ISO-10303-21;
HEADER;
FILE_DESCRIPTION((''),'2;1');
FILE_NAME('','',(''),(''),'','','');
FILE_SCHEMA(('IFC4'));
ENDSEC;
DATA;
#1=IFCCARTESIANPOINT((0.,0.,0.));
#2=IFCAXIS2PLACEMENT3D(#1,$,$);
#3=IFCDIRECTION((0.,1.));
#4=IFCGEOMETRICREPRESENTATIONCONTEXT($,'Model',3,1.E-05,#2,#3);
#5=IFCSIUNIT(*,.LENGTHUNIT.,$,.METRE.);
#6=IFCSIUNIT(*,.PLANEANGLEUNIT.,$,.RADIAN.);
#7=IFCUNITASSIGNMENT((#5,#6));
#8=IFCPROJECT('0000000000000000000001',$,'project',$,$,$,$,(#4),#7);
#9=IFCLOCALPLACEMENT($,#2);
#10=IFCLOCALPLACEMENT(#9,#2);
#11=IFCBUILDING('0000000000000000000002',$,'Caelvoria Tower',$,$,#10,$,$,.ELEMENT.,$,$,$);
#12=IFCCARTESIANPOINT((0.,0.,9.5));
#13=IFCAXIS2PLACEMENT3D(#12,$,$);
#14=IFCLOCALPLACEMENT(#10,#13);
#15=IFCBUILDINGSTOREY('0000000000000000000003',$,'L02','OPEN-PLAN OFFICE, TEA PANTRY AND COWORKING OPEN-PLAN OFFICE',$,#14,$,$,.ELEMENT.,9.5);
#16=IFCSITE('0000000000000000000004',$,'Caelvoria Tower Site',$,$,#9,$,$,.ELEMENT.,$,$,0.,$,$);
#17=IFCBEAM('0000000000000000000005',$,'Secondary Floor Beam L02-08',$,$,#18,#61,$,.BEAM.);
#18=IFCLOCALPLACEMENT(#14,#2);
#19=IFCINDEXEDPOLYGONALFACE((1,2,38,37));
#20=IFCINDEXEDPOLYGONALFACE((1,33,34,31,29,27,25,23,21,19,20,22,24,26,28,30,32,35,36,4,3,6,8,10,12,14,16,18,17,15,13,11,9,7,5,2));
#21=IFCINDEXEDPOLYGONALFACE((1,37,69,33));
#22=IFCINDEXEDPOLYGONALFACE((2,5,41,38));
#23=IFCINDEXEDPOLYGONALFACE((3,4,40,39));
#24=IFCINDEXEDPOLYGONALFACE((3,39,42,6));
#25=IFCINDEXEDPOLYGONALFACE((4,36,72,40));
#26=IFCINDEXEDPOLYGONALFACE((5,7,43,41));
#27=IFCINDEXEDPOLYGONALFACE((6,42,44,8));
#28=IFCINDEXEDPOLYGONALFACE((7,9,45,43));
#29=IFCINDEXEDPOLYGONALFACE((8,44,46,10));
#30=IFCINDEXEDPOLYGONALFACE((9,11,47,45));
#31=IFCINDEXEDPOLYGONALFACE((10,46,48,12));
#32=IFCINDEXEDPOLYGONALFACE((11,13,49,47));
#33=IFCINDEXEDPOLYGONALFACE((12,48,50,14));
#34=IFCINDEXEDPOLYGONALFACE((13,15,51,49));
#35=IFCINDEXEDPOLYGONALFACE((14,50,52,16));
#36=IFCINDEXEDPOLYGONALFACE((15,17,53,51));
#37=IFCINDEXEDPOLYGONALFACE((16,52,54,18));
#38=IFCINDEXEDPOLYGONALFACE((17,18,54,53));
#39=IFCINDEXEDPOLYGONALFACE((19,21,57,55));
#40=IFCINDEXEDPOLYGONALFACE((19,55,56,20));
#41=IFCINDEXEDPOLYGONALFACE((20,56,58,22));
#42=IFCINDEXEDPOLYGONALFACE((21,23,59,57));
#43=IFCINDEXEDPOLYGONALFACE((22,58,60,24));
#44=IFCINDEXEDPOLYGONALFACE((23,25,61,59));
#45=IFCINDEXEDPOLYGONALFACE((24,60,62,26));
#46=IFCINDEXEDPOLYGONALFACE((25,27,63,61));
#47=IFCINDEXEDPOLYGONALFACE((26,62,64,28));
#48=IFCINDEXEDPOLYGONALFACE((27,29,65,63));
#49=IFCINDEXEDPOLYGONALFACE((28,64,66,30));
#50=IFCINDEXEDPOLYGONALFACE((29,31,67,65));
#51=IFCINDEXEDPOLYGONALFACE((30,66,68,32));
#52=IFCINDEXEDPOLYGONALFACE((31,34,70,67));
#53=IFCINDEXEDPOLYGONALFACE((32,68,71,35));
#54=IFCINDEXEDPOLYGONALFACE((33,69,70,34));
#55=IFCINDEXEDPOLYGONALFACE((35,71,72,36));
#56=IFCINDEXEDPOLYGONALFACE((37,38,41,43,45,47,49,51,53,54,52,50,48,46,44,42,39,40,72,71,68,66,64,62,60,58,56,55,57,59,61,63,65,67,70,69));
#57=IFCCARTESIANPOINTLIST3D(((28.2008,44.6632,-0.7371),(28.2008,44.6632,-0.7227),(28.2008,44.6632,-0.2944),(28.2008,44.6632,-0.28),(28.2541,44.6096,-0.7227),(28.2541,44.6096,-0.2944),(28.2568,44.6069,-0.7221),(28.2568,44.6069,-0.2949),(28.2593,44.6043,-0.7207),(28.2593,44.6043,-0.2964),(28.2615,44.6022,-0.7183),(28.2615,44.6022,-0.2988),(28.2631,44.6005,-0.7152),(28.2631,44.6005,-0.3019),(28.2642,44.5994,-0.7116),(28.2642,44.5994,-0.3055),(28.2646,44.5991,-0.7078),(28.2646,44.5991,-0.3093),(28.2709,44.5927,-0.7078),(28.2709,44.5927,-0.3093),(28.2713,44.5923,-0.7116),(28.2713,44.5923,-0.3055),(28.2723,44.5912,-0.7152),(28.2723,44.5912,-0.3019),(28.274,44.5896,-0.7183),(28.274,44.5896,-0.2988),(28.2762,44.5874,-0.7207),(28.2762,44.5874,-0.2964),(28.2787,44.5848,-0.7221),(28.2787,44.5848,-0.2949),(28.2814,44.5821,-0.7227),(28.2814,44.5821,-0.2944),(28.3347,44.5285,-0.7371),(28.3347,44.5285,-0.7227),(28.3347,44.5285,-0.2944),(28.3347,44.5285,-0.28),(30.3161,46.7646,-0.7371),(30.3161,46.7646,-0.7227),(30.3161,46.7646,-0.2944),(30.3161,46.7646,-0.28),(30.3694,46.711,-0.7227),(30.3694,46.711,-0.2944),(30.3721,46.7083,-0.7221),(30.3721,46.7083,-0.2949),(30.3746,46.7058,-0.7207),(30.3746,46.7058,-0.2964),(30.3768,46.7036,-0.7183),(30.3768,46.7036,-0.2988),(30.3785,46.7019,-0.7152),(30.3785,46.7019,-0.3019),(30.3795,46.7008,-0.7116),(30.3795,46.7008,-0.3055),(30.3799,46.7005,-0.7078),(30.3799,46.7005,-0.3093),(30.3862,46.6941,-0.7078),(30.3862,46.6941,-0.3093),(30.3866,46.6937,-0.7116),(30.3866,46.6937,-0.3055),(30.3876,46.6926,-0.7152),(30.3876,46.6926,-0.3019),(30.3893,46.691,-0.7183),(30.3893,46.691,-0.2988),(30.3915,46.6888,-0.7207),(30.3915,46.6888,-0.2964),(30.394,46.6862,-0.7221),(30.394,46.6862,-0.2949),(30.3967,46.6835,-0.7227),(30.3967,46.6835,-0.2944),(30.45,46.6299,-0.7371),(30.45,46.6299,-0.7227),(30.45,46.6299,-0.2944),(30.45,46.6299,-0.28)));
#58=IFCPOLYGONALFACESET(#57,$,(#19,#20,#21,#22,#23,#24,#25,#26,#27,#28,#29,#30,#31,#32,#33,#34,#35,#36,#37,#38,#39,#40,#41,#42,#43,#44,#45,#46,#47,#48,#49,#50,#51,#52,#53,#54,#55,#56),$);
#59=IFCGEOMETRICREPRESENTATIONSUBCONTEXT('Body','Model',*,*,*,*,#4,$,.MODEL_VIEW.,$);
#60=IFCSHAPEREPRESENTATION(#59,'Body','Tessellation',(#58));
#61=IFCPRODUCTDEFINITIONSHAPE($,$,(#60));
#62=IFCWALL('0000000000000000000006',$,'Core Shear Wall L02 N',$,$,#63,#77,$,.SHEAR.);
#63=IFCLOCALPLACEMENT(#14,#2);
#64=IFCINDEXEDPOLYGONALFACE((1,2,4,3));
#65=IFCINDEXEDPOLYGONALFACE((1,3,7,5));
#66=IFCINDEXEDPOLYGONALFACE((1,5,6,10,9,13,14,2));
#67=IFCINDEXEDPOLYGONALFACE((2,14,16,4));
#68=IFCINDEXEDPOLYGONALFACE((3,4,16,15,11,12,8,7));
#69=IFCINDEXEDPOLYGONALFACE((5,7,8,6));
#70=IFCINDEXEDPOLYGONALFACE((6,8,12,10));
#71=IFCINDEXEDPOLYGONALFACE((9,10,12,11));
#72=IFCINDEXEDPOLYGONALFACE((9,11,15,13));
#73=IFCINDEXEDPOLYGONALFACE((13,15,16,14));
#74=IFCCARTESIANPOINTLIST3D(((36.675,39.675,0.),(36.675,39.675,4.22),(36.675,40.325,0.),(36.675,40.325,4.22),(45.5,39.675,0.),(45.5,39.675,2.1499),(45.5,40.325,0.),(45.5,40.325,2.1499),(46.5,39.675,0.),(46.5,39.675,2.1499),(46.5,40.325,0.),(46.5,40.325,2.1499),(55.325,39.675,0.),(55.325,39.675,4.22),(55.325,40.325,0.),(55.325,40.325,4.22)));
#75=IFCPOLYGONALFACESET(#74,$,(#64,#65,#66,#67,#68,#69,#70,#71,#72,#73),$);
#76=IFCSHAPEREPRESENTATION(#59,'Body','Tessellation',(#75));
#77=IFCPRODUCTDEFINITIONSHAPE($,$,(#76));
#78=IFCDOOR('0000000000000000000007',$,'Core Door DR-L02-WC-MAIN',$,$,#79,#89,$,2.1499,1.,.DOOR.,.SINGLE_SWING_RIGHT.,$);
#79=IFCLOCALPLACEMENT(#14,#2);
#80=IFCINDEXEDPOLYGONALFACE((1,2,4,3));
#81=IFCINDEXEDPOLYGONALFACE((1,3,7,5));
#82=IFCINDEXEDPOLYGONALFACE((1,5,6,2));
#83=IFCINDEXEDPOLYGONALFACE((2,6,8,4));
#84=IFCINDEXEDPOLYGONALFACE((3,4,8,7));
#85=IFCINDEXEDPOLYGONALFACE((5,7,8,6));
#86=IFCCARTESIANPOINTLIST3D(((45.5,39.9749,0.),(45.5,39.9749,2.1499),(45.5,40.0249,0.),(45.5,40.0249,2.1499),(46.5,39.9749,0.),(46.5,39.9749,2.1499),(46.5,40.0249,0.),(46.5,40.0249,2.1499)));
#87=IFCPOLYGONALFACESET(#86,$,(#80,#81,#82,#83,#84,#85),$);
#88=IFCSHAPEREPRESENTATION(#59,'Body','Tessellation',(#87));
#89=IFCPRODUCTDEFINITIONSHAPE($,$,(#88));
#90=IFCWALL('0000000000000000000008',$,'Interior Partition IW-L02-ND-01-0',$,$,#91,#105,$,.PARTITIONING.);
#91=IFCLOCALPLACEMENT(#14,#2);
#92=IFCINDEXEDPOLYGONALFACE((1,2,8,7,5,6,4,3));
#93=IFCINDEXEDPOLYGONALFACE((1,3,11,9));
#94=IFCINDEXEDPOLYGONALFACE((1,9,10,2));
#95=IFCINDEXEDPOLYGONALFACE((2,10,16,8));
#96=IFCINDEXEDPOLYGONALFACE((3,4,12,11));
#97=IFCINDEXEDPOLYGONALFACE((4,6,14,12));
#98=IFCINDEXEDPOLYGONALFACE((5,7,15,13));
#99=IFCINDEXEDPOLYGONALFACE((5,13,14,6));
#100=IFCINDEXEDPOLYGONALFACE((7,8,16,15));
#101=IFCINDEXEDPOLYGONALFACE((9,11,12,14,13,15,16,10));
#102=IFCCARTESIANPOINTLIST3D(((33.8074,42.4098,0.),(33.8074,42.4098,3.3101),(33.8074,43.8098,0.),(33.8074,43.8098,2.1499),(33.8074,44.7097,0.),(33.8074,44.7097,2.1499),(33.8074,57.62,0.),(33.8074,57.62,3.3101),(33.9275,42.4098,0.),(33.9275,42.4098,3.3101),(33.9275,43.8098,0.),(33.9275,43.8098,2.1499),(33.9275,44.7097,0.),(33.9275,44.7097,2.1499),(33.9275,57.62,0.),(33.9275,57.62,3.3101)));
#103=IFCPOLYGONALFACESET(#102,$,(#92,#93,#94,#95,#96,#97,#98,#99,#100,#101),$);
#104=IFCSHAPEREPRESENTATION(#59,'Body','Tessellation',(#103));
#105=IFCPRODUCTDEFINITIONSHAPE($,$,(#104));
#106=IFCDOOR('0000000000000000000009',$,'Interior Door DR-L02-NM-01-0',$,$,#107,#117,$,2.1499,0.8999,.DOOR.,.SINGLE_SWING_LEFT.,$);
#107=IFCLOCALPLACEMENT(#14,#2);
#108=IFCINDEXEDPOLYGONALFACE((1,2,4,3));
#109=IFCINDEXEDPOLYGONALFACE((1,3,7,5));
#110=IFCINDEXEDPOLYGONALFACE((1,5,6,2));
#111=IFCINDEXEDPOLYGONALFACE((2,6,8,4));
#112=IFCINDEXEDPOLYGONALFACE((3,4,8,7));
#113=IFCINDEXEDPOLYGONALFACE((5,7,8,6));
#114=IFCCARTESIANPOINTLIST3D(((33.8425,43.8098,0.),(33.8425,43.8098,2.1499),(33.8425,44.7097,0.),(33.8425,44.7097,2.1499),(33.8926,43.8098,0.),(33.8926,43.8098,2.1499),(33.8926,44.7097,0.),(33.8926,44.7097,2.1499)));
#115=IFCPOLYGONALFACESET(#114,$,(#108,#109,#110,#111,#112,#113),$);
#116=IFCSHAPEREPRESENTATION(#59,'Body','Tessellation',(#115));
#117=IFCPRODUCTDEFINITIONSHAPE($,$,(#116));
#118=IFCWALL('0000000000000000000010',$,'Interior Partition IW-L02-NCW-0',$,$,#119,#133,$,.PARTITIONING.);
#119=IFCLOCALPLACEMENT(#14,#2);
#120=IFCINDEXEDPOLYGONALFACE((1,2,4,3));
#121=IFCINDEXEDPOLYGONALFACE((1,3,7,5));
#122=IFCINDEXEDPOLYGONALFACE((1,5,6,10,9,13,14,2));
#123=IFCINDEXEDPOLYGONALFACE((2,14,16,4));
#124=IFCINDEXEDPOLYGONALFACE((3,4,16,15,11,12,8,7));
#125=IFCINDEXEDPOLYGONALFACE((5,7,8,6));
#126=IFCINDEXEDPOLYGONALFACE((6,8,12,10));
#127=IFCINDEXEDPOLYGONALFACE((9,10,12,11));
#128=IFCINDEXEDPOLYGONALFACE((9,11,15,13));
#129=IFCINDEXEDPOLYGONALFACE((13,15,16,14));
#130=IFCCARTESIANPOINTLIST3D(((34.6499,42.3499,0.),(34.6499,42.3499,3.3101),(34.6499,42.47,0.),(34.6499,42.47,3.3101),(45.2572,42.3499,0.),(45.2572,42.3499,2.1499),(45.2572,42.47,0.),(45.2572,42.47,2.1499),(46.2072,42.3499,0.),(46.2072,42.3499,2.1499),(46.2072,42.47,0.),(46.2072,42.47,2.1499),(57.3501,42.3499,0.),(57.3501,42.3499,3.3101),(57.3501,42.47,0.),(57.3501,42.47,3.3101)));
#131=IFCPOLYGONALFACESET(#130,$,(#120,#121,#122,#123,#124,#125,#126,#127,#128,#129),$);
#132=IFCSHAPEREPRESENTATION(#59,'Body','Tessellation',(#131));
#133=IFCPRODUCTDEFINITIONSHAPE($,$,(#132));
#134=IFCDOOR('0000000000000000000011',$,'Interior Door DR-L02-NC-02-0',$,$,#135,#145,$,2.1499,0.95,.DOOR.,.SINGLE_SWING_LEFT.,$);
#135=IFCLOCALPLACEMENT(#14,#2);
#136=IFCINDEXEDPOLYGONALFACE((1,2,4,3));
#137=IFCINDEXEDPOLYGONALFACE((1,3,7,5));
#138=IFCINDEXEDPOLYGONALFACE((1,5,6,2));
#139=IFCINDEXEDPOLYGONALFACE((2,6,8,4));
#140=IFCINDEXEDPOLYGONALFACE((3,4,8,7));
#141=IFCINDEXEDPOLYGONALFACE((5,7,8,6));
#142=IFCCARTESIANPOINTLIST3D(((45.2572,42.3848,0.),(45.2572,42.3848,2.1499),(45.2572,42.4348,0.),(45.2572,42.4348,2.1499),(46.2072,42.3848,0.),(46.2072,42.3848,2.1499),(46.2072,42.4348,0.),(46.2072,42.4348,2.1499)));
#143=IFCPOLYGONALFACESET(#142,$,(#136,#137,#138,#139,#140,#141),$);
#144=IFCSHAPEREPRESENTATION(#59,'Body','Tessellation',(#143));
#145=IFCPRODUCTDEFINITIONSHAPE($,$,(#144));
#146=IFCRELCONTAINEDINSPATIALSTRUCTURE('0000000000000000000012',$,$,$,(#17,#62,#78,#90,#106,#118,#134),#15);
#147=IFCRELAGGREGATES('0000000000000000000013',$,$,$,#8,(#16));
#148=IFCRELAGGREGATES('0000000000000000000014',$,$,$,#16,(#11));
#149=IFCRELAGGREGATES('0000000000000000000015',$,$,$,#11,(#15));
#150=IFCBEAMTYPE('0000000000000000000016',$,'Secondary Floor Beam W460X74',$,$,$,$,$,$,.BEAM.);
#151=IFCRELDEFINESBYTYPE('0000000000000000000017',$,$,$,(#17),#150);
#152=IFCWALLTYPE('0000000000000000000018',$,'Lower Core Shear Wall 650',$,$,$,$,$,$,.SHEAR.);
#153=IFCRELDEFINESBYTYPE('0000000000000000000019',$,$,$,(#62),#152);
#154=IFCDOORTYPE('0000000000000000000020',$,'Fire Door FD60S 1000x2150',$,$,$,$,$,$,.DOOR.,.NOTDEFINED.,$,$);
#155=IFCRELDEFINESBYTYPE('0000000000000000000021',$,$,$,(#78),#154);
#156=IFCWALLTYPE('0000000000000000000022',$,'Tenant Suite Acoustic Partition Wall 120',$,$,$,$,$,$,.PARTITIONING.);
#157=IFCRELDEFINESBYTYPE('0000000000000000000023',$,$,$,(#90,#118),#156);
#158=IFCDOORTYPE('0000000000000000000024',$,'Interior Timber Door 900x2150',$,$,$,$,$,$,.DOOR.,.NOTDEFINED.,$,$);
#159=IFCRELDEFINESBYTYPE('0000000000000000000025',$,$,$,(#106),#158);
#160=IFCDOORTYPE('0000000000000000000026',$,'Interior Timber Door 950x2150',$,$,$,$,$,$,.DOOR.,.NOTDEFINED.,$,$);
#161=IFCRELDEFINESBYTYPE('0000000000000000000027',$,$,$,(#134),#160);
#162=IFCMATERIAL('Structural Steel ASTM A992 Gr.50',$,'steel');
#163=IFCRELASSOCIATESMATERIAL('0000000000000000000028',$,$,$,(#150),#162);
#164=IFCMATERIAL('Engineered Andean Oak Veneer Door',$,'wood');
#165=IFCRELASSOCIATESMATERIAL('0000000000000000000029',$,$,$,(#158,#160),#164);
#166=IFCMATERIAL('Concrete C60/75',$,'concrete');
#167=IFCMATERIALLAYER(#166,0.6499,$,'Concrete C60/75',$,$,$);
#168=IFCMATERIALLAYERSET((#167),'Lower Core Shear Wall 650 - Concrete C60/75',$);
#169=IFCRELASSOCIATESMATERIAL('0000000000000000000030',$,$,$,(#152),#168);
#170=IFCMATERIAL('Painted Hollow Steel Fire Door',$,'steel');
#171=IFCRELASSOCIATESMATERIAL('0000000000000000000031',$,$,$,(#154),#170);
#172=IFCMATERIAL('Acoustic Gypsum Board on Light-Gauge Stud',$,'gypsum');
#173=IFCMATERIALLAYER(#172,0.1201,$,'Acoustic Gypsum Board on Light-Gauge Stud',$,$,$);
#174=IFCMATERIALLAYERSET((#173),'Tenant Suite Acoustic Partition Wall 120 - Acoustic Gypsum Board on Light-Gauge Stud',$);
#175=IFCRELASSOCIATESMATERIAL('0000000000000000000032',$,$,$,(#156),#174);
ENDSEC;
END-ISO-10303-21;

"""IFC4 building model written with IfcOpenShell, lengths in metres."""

from ifc_helpers import new_model, si_unit, direction, frame, frame_2d, origin, origin_2d, place, context, subcontext, project, spatial, rectangle, i_section, extrude, material, layer, layer_set, material_profile, profile_set, type_object, element, fill, save


model = new_model("IFC4")

# Units and contexts
model_context = context("Model", 3, precision=1e-05, world=origin(), true_north=direction((0.0, 1.0)))
body_context = subcontext(model_context, "Body", "Model", "MODEL_VIEW")
ifc_project = project(units=[si_unit("LENGTHUNIT", "METRE"), si_unit("PLANEANGLEUNIT", "RADIAN")], contexts=[model_context])

# Site, building, storey
site_placement = place(None, origin())
site = spatial("IfcSite", under=ifc_project, at=site_placement, Name="Caelvoria Tower Site", CompositionType="ELEMENT", RefElevation=0.0)
building_placement = place(site_placement, origin())
building = spatial("IfcBuilding", under=site, at=building_placement, Name="Caelvoria Tower", CompositionType="ELEMENT")
storey_placement = place(building_placement, frame((0.0, 0.0, 9.5)))
storey = spatial("IfcBuildingStorey", under=building, at=storey_placement, Name="L02", Description="OPEN-PLAN OFFICE, TEA PANTRY AND COWORKING OPEN-PLAN OFFICE", CompositionType="ELEMENT", Elevation=9.5)

# Shared definitions
ifc_material_1 = material(Name="Structural Steel ASTM A992 Gr.50", Category="steel")

# Beam
ifc_material_profile_1 = material_profile(ifc_material_1, i_section(OverallWidth=0.1899, OverallDepth=0.457, WebThickness=0.009, FlangeThickness=0.0144, FilletRadius=0.0149, at=origin_2d()), Name="Structural Steel ASTM A992 Gr.50")
ifc_profile_set_1 = profile_set([ifc_material_profile_1], Name="W460X74 - Structural Steel ASTM A992 Gr.50")
beam_type_1 = type_object("IfcBeamType", Name="Secondary Floor Beam W460X74", PredefinedType="BEAM", material=ifc_profile_set_1)
beam_1_placement = place(storey_placement, frame((30.3831, 46.6973, -0.5085), z_axis=(-0.709437, -0.704769, 0.0), x_axis=(0.704769, -0.709437, 0.0)))
element("IfcBeam", 1, at=beam_1_placement, inside=storey, type_object=beam_type_1, Name="Secondary Floor Beam L02-08", PredefinedType="BEAM", context=body_context, shape_type="SweptSolid", body=[
    extrude(i_section(OverallWidth=0.1899, OverallDepth=0.457, WebThickness=0.009, FlangeThickness=0.0144, FilletRadius=0.0149, at=origin_2d()), origin(), (0.0, 0.0, 1.0), 2.9817),
])

# Shared definitions
ifc_material_2 = material(Name="Engineered Andean Oak Veneer Door", Category="wood")
door_type_1 = type_object("IfcDoorType", Name="Interior Timber Door 900x2150", OperationType="NOTDEFINED", PredefinedType="DOOR", material=ifc_material_2)

# Walls, openings, doors
ifc_material_3 = material(Name="Concrete C60/75", Category="concrete")
ifc_layer_1 = layer(ifc_material_3, 0.6499, Name="Concrete C60/75")
ifc_layer_set_1 = layer_set([ifc_layer_1], Name="Lower Core Shear Wall 650 - Concrete C60/75")
wall_type_1 = type_object("IfcWallType", Name="Lower Core Shear Wall 650", PredefinedType="SHEAR", material=ifc_layer_set_1)
wall_1_placement = place(storey_placement, frame((36.675, 40.0, 0.0), z_axis=(0.0, 0.0, 1.0), x_axis=(1.0, 0.0, 0.0)))
wall_1 = element("IfcWall", 2, at=wall_1_placement, inside=storey, type_object=wall_type_1, Name="Core Shear Wall L02 N", PredefinedType="SHEAR", context=body_context, shape_type="SweptSolid", body=[
    extrude(rectangle(XDim=18.6499, YDim=0.6499, at=frame_2d((9.325, 0.0))), origin(), (0.0, 0.0, 1.0), 4.22),
])
opening_1_placement = place(wall_1_placement, frame((8.825, 0.0, 0.0)))
opening_1 = element("IfcOpeningElement", 3, at=opening_1_placement, cuts=wall_1, PredefinedType="OPENING", context=body_context, shape_type="SweptSolid", body=[
    extrude(rectangle(XDim=1.0, YDim=2.1499, at=frame_2d((0.5, 1.075))), frame((0.0, 0.335, 0.0), z_axis=(0.0, -1.0, 0.0), x_axis=(1.0, 0.0, 0.0)), (0.0, 0.0, 1.0), 0.6699),
])
ifc_material_4 = material(Name="Painted Hollow Steel Fire Door", Category="steel")
door_type_2 = type_object("IfcDoorType", Name="Fire Door FD60S 1000x2150", OperationType="NOTDEFINED", PredefinedType="DOOR", material=ifc_material_4)
door_1_placement = place(opening_1_placement, origin())
door_1 = element("IfcDoor", 4, at=door_1_placement, inside=storey, type_object=door_type_2, Name="Core Door DR-L02-WC-MAIN", OperationType="SINGLE_SWING_RIGHT", OverallHeight=2.1499, OverallWidth=1.0, PredefinedType="DOOR", context=body_context, shape_type="SweptSolid", body=[
    extrude(rectangle(XDim=1.0, YDim=2.1499, at=frame_2d((0.5, 1.075))), frame((0.0, 0.0249, 0.0), z_axis=(0.0, -1.0, 0.0), x_axis=(1.0, 0.0, 0.0)), (0.0, 0.0, 1.0), 0.05),
])
fill(opening_1, door_1)
ifc_material_5 = material(Name="Acoustic Gypsum Board on Light-Gauge Stud", Category="gypsum")
ifc_layer_2 = layer(ifc_material_5, 0.1201, Name="Acoustic Gypsum Board on Light-Gauge Stud")
ifc_layer_set_2 = layer_set([ifc_layer_2], Name="Tenant Suite Acoustic Partition Wall 120 - Acoustic Gypsum Board on Light-Gauge Stud")
wall_type_2 = type_object("IfcWallType", Name="Tenant Suite Acoustic Partition Wall 120", PredefinedType="PARTITIONING", material=ifc_layer_set_2)
wall_2_placement = place(storey_placement, frame((33.8674, 42.4099, 0.0), z_axis=(0.0, 0.0, 1.0), x_axis=(0.0, 1.0, 0.0)))
wall_2 = element("IfcWall", 5, at=wall_2_placement, inside=storey, type_object=wall_type_2, Name="Interior Partition IW-L02-ND-01-0", PredefinedType="PARTITIONING", context=body_context, shape_type="SweptSolid", body=[
    extrude(rectangle(XDim=15.2102, YDim=0.1201, at=frame_2d((7.605, 0.0))), origin(), (0.0, 0.0, 1.0), 3.3101),
])
opening_2_placement = place(wall_2_placement, frame((1.3999, 0.0, 0.0)))
opening_2 = element("IfcOpeningElement", 6, at=opening_2_placement, cuts=wall_2, PredefinedType="OPENING", context=body_context, shape_type="SweptSolid", body=[
    extrude(rectangle(XDim=0.8999, YDim=2.1499, at=frame_2d((0.45, 1.075))), frame((0.0, 0.0701, 0.0), z_axis=(0.0, -1.0, 0.0), x_axis=(1.0, 0.0, 0.0)), (0.0, 0.0, 1.0), 0.1401),
])
door_2_placement = place(opening_2_placement, origin())
door_2 = element("IfcDoor", 7, at=door_2_placement, inside=storey, type_object=door_type_1, Name="Interior Door DR-L02-NM-01-0", OperationType="SINGLE_SWING_LEFT", OverallHeight=2.1499, OverallWidth=0.8999, PredefinedType="DOOR", context=body_context, shape_type="SweptSolid", body=[
    extrude(rectangle(XDim=0.8999, YDim=2.1499, at=frame_2d((0.45, 1.075))), frame((0.0, 0.0249, 0.0), z_axis=(0.0, -1.0, 0.0), x_axis=(1.0, 0.0, 0.0)), (0.0, 0.0, 1.0), 0.05),
])
fill(opening_2, door_2)
wall_3_placement = place(storey_placement, frame((34.6499, 42.4099, 0.0), z_axis=(0.0, 0.0, 1.0), x_axis=(1.0, 0.0, 0.0)))
wall_3 = element("IfcWall", 8, at=wall_3_placement, inside=storey, type_object=wall_type_2, Name="Interior Partition IW-L02-NCW-0", PredefinedType="PARTITIONING", context=body_context, shape_type="SweptSolid", body=[
    extrude(rectangle(XDim=22.7002, YDim=0.1201, at=frame_2d((11.3501, 0.0))), origin(), (0.0, 0.0, 1.0), 3.3101),
])
opening_3_placement = place(wall_3_placement, frame((10.6072, 0.0, 0.0)))
opening_3 = element("IfcOpeningElement", 9, at=opening_3_placement, cuts=wall_3, PredefinedType="OPENING", context=body_context, shape_type="SweptSolid", body=[
    extrude(rectangle(XDim=0.95, YDim=2.1499, at=frame_2d((0.4751, 1.075))), frame((0.0, 0.0701, 0.0), z_axis=(0.0, -1.0, 0.0), x_axis=(1.0, 0.0, 0.0)), (0.0, 0.0, 1.0), 0.1401),
])
door_type_3 = type_object("IfcDoorType", Name="Interior Timber Door 950x2150", OperationType="NOTDEFINED", PredefinedType="DOOR", material=ifc_material_2)
door_3_placement = place(opening_3_placement, origin())
door_3 = element("IfcDoor", 10, at=door_3_placement, inside=storey, type_object=door_type_3, Name="Interior Door DR-L02-NC-02-0", OperationType="SINGLE_SWING_LEFT", OverallHeight=2.1499, OverallWidth=0.95, PredefinedType="DOOR", context=body_context, shape_type="SweptSolid", body=[
    extrude(rectangle(XDim=0.95, YDim=2.1499, at=frame_2d((0.4751, 1.075))), frame((0.0, 0.0249, 0.0), z_axis=(0.0, -1.0, 0.0), x_axis=(1.0, 0.0, 0.0)), (0.0, 0.0, 1.0), 0.05),
])
fill(opening_3, door_3)

save(model, "model.ifc")
